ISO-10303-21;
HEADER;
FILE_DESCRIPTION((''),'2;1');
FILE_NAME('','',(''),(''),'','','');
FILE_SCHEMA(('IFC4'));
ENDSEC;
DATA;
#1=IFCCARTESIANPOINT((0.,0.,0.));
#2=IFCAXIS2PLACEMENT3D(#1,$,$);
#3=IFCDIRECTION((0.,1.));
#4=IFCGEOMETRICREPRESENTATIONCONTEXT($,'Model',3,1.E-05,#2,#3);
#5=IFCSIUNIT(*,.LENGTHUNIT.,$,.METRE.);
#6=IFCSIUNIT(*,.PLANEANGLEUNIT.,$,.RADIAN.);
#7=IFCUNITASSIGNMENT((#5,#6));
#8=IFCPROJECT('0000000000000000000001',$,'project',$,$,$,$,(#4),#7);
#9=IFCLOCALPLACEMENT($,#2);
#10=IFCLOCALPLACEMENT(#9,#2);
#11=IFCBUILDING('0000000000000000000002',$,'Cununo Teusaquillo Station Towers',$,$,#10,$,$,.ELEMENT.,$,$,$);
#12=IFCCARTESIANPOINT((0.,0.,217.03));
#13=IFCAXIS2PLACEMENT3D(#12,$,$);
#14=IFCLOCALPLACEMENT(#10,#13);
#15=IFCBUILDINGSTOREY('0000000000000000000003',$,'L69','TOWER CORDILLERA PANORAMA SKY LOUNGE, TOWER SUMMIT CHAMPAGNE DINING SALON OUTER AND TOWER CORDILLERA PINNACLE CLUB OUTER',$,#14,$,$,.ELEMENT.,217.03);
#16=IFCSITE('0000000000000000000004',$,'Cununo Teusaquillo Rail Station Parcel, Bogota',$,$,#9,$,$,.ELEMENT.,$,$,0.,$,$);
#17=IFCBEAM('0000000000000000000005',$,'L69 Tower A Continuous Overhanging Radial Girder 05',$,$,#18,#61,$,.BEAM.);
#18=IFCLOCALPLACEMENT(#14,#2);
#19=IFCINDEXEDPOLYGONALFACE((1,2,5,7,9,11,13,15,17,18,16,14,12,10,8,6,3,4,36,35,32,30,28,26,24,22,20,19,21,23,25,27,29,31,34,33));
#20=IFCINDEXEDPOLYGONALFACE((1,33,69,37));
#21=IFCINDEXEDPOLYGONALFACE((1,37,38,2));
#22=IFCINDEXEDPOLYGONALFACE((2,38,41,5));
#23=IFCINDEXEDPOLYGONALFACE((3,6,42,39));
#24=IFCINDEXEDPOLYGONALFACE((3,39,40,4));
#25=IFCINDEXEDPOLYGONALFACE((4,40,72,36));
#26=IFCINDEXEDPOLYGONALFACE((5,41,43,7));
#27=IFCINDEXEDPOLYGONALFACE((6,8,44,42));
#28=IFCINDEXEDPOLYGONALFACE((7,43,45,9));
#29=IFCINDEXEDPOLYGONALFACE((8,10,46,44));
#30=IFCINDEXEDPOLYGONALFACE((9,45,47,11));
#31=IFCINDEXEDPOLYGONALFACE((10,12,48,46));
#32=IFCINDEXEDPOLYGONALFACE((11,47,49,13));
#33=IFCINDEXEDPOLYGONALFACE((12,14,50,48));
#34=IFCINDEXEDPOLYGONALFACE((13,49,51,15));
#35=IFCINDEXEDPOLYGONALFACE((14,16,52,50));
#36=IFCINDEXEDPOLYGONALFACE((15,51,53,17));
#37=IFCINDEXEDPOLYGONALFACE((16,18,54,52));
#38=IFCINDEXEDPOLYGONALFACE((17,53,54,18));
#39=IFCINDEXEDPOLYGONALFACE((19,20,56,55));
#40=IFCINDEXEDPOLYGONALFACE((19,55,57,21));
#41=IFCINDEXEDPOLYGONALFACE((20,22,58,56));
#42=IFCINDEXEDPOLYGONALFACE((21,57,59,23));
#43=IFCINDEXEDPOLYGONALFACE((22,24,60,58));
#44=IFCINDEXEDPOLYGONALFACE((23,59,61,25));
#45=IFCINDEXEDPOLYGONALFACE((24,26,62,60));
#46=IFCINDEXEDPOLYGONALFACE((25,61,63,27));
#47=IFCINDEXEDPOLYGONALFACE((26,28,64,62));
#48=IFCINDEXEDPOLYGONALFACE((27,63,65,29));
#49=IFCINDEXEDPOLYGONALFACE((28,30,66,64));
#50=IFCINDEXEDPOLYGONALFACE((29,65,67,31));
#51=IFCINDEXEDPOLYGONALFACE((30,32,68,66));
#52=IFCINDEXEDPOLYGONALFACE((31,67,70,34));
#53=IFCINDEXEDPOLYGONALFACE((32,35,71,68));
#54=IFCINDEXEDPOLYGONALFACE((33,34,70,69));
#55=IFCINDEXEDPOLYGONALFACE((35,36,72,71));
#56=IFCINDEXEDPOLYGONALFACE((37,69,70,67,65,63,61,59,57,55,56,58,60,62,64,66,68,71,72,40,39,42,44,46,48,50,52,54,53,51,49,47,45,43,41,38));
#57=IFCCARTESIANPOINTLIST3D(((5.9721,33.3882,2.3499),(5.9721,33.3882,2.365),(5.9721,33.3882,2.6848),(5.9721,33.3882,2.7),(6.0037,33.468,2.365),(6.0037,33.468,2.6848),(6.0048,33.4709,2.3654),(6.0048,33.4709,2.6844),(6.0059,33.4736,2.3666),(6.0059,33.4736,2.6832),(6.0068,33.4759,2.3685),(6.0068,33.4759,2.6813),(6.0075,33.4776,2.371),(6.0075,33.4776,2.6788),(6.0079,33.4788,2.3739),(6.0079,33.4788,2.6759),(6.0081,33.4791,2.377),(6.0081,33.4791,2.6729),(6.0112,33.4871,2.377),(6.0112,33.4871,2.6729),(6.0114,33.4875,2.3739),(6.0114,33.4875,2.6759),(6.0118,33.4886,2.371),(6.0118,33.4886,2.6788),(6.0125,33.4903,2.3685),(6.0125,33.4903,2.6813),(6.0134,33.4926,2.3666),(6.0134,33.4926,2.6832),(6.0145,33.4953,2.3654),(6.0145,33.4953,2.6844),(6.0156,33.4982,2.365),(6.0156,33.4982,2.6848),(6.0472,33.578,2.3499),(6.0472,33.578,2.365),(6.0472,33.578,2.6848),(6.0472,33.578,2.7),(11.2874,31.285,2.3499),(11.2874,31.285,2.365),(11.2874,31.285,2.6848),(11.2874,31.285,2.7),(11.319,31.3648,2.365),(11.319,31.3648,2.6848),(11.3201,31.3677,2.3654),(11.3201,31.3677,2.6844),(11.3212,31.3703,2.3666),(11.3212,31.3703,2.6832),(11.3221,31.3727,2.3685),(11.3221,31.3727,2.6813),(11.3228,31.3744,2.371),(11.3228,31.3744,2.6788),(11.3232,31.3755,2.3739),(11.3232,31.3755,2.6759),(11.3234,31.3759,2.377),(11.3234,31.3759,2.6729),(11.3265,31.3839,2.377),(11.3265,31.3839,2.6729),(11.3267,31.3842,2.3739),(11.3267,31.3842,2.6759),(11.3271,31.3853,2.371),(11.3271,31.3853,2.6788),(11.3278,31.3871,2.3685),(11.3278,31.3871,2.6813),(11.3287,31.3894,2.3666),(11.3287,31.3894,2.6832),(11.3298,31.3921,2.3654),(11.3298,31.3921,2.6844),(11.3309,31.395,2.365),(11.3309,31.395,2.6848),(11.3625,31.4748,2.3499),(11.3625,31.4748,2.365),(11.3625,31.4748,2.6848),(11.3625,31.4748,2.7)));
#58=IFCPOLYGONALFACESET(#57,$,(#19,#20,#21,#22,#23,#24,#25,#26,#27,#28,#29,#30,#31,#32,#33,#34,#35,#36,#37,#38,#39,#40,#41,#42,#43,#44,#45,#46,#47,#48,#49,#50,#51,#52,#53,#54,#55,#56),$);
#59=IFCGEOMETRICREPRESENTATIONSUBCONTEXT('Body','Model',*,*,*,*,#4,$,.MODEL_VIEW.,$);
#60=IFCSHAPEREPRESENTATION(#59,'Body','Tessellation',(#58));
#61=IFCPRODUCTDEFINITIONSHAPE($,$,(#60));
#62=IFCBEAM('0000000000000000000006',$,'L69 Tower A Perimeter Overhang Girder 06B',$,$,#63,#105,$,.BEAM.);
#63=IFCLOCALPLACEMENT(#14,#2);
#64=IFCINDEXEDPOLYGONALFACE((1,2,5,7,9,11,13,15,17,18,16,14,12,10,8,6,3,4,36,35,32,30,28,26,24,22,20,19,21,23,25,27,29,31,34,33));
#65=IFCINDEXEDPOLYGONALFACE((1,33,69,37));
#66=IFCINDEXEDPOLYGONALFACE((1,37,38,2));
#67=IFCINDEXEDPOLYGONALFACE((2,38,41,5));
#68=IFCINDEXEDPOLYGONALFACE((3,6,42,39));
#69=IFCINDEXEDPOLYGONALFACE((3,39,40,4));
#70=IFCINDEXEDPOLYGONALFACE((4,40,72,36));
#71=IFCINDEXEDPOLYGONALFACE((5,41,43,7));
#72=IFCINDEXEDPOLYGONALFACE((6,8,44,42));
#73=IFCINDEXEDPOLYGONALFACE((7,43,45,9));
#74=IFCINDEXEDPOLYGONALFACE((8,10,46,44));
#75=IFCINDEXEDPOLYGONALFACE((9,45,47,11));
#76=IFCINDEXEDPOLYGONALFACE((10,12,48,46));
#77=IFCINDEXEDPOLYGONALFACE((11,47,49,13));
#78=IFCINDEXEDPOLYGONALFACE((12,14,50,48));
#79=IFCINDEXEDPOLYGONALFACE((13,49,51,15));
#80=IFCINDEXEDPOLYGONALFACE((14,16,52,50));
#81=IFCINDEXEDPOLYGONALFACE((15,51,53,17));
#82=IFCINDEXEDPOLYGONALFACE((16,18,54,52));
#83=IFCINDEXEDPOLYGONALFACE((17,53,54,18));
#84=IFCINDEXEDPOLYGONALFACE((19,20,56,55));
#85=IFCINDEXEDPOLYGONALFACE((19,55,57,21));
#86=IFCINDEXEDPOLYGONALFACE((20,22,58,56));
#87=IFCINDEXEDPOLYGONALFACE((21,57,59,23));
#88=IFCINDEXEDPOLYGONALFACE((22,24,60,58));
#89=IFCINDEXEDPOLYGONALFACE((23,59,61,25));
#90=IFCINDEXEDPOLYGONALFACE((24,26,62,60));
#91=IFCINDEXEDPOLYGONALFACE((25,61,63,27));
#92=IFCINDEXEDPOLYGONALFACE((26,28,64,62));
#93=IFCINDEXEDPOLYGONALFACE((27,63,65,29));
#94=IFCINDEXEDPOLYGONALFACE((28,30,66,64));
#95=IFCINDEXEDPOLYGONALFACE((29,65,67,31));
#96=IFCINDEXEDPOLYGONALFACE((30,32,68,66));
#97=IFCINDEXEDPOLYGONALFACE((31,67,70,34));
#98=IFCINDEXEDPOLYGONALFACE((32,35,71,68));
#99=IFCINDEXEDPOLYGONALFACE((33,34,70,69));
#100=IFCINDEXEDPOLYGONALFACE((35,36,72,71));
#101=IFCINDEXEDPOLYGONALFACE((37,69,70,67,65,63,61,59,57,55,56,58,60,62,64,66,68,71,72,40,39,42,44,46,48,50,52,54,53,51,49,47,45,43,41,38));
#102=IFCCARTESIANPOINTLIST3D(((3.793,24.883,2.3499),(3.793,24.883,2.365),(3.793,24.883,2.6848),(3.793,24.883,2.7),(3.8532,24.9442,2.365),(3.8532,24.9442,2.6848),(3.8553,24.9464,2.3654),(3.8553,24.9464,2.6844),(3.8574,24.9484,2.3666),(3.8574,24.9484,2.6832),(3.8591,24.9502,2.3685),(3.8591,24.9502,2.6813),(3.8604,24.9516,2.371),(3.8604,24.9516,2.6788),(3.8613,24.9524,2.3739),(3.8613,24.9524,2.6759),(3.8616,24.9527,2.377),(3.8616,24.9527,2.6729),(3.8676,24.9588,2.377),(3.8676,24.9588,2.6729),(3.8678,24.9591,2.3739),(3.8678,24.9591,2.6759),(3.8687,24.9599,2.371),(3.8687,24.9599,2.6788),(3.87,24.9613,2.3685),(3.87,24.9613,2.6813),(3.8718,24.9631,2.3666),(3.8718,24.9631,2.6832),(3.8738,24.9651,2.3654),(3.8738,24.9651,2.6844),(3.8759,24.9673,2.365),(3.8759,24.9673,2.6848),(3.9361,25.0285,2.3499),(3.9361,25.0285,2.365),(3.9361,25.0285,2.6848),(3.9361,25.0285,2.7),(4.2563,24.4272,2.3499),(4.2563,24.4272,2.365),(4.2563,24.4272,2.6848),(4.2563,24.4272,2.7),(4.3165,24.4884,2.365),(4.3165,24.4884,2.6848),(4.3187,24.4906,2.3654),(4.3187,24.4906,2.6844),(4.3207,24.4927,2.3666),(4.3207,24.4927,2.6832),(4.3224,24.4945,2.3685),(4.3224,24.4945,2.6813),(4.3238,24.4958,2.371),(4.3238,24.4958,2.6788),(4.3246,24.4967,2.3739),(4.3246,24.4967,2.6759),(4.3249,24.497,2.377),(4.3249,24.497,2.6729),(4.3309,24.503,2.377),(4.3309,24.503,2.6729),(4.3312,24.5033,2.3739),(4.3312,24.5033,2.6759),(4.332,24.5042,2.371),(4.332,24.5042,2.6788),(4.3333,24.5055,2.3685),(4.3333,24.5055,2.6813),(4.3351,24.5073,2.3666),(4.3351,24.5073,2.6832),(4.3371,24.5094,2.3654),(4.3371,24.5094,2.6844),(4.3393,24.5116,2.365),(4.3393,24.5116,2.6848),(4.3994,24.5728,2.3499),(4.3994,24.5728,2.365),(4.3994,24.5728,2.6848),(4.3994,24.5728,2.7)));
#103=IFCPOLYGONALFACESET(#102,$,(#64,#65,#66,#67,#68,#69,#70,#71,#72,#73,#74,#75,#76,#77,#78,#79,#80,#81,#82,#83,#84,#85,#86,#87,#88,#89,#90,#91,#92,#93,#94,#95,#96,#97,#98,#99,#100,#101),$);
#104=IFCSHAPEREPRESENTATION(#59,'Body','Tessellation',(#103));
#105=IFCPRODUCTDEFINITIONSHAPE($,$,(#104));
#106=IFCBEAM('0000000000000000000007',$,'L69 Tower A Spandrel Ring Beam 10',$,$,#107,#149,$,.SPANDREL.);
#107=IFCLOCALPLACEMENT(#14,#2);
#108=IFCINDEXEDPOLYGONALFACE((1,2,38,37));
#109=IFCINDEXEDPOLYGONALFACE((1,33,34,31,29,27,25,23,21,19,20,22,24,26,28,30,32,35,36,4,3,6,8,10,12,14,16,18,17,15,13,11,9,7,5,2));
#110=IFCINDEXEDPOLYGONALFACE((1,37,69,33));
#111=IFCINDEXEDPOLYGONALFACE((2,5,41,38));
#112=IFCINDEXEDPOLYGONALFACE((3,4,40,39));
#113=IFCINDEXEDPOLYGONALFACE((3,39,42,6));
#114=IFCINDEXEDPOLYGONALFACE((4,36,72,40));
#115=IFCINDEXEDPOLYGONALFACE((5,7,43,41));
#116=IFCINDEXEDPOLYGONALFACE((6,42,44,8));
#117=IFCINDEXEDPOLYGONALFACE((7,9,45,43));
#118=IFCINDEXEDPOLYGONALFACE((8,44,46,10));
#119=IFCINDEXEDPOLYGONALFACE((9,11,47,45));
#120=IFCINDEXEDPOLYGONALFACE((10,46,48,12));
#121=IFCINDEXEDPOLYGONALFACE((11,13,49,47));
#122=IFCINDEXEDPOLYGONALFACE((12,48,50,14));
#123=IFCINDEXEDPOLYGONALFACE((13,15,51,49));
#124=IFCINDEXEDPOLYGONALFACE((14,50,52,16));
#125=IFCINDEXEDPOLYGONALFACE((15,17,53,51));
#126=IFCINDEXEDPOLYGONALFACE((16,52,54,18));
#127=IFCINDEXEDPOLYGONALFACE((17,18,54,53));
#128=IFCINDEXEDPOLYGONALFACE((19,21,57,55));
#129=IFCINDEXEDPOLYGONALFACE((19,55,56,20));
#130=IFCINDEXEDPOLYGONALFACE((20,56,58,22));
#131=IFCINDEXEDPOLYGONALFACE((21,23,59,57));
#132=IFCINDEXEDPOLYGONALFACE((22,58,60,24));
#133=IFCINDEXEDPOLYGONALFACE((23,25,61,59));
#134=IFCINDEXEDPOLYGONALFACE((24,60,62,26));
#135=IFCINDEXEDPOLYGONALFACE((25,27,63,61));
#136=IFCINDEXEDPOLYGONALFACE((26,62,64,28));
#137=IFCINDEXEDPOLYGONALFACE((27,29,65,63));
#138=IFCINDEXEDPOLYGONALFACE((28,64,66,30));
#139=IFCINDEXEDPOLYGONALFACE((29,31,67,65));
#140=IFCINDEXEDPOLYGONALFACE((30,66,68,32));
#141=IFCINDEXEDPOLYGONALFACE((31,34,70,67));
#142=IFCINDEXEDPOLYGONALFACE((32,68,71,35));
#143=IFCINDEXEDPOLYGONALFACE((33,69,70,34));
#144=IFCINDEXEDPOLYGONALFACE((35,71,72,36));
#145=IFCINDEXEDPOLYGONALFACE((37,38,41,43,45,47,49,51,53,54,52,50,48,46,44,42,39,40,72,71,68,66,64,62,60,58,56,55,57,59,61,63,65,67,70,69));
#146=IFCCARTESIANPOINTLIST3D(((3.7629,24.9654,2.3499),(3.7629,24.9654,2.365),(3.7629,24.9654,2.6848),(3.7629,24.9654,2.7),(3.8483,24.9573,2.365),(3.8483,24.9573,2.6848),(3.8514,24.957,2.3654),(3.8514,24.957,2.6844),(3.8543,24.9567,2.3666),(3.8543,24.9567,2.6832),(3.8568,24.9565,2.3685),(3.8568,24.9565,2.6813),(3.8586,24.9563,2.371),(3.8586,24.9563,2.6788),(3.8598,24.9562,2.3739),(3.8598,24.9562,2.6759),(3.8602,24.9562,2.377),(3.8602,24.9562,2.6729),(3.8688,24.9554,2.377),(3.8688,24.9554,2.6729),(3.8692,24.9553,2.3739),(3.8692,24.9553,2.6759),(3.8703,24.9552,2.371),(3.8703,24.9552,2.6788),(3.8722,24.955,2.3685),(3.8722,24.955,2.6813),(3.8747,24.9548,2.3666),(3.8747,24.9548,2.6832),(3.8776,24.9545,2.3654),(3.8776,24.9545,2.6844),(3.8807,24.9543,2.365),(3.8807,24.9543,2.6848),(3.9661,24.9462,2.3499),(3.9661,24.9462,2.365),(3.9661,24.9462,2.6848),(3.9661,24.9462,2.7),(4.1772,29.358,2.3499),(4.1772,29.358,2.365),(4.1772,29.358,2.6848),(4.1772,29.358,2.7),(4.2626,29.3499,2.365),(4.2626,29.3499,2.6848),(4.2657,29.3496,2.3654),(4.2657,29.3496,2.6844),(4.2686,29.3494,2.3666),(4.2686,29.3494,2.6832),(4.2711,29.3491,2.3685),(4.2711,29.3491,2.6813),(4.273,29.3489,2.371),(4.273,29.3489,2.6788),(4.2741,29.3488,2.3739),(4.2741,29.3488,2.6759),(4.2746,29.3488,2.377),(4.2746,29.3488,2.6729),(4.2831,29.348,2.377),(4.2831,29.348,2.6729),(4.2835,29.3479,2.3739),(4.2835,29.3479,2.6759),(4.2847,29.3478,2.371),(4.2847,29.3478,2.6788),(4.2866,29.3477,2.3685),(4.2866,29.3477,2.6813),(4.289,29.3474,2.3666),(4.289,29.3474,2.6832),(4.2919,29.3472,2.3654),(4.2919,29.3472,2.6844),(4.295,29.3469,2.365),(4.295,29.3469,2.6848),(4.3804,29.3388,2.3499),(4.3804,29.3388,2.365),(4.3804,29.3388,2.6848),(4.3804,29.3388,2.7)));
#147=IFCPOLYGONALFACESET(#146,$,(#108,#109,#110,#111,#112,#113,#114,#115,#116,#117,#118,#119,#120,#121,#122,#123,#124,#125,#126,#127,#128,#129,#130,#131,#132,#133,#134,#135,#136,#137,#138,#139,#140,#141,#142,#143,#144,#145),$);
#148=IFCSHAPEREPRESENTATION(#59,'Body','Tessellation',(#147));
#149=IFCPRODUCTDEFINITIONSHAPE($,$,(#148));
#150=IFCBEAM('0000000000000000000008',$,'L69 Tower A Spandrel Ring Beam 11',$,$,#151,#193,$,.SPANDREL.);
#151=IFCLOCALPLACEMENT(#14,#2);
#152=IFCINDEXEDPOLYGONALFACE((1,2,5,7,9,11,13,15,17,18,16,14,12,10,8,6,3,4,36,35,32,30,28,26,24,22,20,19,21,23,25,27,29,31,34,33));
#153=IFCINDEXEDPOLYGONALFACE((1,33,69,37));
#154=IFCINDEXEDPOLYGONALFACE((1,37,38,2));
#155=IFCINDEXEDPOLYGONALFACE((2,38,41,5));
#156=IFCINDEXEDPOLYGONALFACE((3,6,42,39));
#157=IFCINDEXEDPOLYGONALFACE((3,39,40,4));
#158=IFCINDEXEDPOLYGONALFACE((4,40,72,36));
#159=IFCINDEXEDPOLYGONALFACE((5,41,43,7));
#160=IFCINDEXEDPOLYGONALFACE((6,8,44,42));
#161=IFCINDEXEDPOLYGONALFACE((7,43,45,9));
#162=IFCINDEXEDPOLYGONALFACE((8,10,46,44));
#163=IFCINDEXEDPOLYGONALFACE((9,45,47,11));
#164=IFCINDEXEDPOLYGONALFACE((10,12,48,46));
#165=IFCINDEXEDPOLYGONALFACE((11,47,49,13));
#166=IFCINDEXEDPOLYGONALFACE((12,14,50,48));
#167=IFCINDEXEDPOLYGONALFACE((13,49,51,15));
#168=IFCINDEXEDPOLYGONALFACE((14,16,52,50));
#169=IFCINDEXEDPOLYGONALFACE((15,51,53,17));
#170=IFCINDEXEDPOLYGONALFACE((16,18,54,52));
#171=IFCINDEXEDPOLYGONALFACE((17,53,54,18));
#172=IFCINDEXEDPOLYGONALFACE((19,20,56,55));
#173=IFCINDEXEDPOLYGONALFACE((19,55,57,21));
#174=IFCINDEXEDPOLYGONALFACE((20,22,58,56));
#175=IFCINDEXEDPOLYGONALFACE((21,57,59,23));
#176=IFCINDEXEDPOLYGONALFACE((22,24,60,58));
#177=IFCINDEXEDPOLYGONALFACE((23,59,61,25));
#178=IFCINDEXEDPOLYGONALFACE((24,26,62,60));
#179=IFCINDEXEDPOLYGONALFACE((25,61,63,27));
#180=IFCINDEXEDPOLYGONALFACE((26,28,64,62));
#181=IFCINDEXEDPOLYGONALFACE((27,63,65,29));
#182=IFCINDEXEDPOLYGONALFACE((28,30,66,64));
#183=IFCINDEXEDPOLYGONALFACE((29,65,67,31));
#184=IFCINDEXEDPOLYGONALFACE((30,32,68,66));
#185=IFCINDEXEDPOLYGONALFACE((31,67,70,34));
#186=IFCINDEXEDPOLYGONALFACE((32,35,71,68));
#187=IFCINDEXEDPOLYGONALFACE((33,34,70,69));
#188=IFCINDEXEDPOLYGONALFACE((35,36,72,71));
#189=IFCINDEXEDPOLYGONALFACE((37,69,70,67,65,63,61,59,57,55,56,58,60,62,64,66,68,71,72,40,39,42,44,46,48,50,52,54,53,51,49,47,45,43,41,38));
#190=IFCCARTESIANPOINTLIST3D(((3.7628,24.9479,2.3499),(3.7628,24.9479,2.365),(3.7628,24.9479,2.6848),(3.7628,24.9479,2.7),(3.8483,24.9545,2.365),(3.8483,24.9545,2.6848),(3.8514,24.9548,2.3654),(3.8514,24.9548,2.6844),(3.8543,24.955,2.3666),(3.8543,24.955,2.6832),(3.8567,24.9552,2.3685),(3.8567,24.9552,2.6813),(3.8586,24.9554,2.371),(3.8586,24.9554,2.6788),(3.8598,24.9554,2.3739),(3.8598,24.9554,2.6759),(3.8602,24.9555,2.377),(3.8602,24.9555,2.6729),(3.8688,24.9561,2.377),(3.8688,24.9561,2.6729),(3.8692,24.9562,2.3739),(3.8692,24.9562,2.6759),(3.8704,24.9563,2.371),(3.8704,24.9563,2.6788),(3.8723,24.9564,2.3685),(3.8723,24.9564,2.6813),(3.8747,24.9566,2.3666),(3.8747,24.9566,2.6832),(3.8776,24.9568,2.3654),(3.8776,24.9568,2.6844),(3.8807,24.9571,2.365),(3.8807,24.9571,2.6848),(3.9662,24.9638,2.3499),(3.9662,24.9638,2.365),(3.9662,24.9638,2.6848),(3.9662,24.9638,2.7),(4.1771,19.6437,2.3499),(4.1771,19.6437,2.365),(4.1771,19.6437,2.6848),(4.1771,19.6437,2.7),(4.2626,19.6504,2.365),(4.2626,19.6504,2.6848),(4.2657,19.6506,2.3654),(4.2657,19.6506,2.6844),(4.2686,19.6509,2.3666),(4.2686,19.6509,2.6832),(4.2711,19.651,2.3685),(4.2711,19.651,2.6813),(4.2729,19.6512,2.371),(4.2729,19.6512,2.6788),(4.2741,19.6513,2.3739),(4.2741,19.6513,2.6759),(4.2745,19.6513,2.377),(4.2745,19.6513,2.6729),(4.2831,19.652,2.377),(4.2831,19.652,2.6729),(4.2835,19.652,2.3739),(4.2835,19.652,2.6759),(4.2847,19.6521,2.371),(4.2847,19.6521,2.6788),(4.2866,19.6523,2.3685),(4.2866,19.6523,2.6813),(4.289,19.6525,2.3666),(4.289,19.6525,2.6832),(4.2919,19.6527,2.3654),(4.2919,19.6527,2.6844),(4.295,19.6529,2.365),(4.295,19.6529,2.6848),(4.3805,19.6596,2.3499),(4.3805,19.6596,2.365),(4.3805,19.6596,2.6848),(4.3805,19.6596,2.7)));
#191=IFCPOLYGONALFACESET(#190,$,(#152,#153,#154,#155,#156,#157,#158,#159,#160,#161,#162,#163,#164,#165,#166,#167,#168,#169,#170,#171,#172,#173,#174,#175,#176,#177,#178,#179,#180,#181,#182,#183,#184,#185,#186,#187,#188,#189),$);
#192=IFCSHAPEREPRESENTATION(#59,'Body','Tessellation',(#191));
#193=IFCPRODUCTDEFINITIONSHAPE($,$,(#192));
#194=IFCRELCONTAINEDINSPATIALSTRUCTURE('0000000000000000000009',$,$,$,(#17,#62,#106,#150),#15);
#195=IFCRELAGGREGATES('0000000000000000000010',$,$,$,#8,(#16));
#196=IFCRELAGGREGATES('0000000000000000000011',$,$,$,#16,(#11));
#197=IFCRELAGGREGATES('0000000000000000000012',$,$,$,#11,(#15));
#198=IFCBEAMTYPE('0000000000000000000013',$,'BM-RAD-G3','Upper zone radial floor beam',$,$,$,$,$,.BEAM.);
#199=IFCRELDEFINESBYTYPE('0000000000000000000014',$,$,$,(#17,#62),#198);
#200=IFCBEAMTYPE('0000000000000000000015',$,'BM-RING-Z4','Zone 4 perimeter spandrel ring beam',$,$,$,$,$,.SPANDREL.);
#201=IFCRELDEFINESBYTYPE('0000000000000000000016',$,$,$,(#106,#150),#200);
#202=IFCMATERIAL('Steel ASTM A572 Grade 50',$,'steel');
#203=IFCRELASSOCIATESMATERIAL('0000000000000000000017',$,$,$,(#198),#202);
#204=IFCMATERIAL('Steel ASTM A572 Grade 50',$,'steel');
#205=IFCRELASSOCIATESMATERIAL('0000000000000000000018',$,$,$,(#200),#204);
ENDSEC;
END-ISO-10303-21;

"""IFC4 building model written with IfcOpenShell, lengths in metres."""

from ifc_helpers import new_model, si_unit, direction, frame, origin, origin_2d, place, context, subcontext, project, spatial, i_section, extrude, material, material_profile, profile_set, type_object, element, save


model = new_model("IFC4")

# Units and contexts
model_context = context("Model", 3, precision=1e-05, world=origin(), true_north=direction((0.0, 1.0)))
body_context = subcontext(model_context, "Body", "Model", "MODEL_VIEW")
ifc_project = project(units=[si_unit("LENGTHUNIT", "METRE"), si_unit("PLANEANGLEUNIT", "RADIAN")], contexts=[model_context])

# Site, building, storey
site_placement = place(None, origin())
site = spatial("IfcSite", under=ifc_project, at=site_placement, Name="Cununo Teusaquillo Rail Station Parcel, Bogota", CompositionType="ELEMENT", RefElevation=0.0)
building_placement = place(site_placement, origin())
building = spatial("IfcBuilding", under=site, at=building_placement, Name="Cununo Teusaquillo Station Towers", CompositionType="ELEMENT")
storey_placement = place(building_placement, frame((0.0, 0.0, 217.03)))
storey = spatial("IfcBuildingStorey", under=building, at=storey_placement, Name="L69", Description="TOWER CORDILLERA PANORAMA SKY LOUNGE, TOWER SUMMIT CHAMPAGNE DINING SALON OUTER AND TOWER CORDILLERA PINNACLE CLUB OUTER", CompositionType="ELEMENT", Elevation=217.03)

# Beams
ifc_material_1 = material(Name="Steel ASTM A572 Grade 50", Category="steel")
ifc_material_profile_1 = material_profile(ifc_material_1, i_section(OverallWidth=0.2041, OverallDepth=0.3501, WebThickness=0.0085, FlangeThickness=0.0151, FilletRadius=0.012, at=origin_2d()), Name="W14X48")
ifc_profile_set_1 = profile_set([ifc_material_profile_1], Name="Steel ASTM A572 Grade 50")
beam_type_1 = type_object("IfcBeamType", Name="BM-RAD-G3", Description="Upper zone radial floor beam", PredefinedType="BEAM", material=ifc_profile_set_1)
beam_1_placement = place(storey_placement, frame((11.325, 31.3799, 2.5249), z_axis=(-0.929852, 0.367935, 0.0), x_axis=(-0.367935, -0.929852, 0.0)))
element("IfcBeam", 1, at=beam_1_placement, inside=storey, type_object=beam_type_1, Name="L69 Tower A Continuous Overhanging Radial Girder 05", PredefinedType="BEAM", context=body_context, shape_type="SweptSolid", body=[
    extrude(i_section(OverallWidth=0.2041, OverallDepth=0.3501, WebThickness=0.0085, FlangeThickness=0.0151, FilletRadius=0.012, at=origin_2d()), origin(), (0.0, 0.0, 1.0), 5.7163),
])
beam_2_placement = place(storey_placement, frame((4.3279, 24.5, 2.5249), z_axis=(-0.712905, 0.701261, 0.0), x_axis=(-0.701261, -0.712905, 0.0)))
element("IfcBeam", 2, at=beam_2_placement, inside=storey, type_object=beam_type_1, Name="L69 Tower A Perimeter Overhang Girder 06B", PredefinedType="BEAM", context=body_context, shape_type="SweptSolid", body=[
    extrude(i_section(OverallWidth=0.2041, OverallDepth=0.3501, WebThickness=0.0085, FlangeThickness=0.0151, FilletRadius=0.012, at=origin_2d()), origin(), (0.0, 0.0, 1.0), 0.6499),
])
ifc_material_2 = material(Name="Steel ASTM A572 Grade 50", Category="steel")
ifc_material_profile_2 = material_profile(ifc_material_2, i_section(OverallWidth=0.2041, OverallDepth=0.3501, WebThickness=0.0085, FlangeThickness=0.0151, FilletRadius=0.012, at=origin_2d()), Name="W14X48")
ifc_profile_set_2 = profile_set([ifc_material_profile_2], Name="Steel ASTM A572 Grade 50")
beam_type_2 = type_object("IfcBeamType", Name="BM-RING-Z4", Description="Zone 4 perimeter spandrel ring beam", PredefinedType="SPANDREL", material=ifc_profile_set_2)
beam_3_placement = place(storey_placement, frame((4.2788, 29.3484, 2.5249), z_axis=(-0.093903, -0.995581, 0.0), x_axis=(0.995581, -0.093903, 0.0)))
element("IfcBeam", 3, at=beam_3_placement, inside=storey, type_object=beam_type_2, Name="L69 Tower A Spandrel Ring Beam 10", PredefinedType="SPANDREL", context=body_context, shape_type="SweptSolid", body=[
    extrude(i_section(OverallWidth=0.2041, OverallDepth=0.3501, WebThickness=0.0085, FlangeThickness=0.0151, FilletRadius=0.012, at=origin_2d()), origin(), (0.0, 0.0, 1.0), 4.4121),
])
beam_4_placement = place(storey_placement, frame((3.8645, 24.9558, 2.5249), z_axis=(0.077872, -0.996963, 0.0), x_axis=(0.996963, 0.077872, 0.0)))
element("IfcBeam", 4, at=beam_4_placement, inside=storey, type_object=beam_type_2, Name="L69 Tower A Spandrel Ring Beam 11", PredefinedType="SPANDREL", context=body_context, shape_type="SweptSolid", body=[
    extrude(i_section(OverallWidth=0.2041, OverallDepth=0.3501, WebThickness=0.0085, FlangeThickness=0.0151, FilletRadius=0.012, at=origin_2d()), origin(), (0.0, 0.0, 1.0), 5.3203),
])

save(model, "model.ifc")
